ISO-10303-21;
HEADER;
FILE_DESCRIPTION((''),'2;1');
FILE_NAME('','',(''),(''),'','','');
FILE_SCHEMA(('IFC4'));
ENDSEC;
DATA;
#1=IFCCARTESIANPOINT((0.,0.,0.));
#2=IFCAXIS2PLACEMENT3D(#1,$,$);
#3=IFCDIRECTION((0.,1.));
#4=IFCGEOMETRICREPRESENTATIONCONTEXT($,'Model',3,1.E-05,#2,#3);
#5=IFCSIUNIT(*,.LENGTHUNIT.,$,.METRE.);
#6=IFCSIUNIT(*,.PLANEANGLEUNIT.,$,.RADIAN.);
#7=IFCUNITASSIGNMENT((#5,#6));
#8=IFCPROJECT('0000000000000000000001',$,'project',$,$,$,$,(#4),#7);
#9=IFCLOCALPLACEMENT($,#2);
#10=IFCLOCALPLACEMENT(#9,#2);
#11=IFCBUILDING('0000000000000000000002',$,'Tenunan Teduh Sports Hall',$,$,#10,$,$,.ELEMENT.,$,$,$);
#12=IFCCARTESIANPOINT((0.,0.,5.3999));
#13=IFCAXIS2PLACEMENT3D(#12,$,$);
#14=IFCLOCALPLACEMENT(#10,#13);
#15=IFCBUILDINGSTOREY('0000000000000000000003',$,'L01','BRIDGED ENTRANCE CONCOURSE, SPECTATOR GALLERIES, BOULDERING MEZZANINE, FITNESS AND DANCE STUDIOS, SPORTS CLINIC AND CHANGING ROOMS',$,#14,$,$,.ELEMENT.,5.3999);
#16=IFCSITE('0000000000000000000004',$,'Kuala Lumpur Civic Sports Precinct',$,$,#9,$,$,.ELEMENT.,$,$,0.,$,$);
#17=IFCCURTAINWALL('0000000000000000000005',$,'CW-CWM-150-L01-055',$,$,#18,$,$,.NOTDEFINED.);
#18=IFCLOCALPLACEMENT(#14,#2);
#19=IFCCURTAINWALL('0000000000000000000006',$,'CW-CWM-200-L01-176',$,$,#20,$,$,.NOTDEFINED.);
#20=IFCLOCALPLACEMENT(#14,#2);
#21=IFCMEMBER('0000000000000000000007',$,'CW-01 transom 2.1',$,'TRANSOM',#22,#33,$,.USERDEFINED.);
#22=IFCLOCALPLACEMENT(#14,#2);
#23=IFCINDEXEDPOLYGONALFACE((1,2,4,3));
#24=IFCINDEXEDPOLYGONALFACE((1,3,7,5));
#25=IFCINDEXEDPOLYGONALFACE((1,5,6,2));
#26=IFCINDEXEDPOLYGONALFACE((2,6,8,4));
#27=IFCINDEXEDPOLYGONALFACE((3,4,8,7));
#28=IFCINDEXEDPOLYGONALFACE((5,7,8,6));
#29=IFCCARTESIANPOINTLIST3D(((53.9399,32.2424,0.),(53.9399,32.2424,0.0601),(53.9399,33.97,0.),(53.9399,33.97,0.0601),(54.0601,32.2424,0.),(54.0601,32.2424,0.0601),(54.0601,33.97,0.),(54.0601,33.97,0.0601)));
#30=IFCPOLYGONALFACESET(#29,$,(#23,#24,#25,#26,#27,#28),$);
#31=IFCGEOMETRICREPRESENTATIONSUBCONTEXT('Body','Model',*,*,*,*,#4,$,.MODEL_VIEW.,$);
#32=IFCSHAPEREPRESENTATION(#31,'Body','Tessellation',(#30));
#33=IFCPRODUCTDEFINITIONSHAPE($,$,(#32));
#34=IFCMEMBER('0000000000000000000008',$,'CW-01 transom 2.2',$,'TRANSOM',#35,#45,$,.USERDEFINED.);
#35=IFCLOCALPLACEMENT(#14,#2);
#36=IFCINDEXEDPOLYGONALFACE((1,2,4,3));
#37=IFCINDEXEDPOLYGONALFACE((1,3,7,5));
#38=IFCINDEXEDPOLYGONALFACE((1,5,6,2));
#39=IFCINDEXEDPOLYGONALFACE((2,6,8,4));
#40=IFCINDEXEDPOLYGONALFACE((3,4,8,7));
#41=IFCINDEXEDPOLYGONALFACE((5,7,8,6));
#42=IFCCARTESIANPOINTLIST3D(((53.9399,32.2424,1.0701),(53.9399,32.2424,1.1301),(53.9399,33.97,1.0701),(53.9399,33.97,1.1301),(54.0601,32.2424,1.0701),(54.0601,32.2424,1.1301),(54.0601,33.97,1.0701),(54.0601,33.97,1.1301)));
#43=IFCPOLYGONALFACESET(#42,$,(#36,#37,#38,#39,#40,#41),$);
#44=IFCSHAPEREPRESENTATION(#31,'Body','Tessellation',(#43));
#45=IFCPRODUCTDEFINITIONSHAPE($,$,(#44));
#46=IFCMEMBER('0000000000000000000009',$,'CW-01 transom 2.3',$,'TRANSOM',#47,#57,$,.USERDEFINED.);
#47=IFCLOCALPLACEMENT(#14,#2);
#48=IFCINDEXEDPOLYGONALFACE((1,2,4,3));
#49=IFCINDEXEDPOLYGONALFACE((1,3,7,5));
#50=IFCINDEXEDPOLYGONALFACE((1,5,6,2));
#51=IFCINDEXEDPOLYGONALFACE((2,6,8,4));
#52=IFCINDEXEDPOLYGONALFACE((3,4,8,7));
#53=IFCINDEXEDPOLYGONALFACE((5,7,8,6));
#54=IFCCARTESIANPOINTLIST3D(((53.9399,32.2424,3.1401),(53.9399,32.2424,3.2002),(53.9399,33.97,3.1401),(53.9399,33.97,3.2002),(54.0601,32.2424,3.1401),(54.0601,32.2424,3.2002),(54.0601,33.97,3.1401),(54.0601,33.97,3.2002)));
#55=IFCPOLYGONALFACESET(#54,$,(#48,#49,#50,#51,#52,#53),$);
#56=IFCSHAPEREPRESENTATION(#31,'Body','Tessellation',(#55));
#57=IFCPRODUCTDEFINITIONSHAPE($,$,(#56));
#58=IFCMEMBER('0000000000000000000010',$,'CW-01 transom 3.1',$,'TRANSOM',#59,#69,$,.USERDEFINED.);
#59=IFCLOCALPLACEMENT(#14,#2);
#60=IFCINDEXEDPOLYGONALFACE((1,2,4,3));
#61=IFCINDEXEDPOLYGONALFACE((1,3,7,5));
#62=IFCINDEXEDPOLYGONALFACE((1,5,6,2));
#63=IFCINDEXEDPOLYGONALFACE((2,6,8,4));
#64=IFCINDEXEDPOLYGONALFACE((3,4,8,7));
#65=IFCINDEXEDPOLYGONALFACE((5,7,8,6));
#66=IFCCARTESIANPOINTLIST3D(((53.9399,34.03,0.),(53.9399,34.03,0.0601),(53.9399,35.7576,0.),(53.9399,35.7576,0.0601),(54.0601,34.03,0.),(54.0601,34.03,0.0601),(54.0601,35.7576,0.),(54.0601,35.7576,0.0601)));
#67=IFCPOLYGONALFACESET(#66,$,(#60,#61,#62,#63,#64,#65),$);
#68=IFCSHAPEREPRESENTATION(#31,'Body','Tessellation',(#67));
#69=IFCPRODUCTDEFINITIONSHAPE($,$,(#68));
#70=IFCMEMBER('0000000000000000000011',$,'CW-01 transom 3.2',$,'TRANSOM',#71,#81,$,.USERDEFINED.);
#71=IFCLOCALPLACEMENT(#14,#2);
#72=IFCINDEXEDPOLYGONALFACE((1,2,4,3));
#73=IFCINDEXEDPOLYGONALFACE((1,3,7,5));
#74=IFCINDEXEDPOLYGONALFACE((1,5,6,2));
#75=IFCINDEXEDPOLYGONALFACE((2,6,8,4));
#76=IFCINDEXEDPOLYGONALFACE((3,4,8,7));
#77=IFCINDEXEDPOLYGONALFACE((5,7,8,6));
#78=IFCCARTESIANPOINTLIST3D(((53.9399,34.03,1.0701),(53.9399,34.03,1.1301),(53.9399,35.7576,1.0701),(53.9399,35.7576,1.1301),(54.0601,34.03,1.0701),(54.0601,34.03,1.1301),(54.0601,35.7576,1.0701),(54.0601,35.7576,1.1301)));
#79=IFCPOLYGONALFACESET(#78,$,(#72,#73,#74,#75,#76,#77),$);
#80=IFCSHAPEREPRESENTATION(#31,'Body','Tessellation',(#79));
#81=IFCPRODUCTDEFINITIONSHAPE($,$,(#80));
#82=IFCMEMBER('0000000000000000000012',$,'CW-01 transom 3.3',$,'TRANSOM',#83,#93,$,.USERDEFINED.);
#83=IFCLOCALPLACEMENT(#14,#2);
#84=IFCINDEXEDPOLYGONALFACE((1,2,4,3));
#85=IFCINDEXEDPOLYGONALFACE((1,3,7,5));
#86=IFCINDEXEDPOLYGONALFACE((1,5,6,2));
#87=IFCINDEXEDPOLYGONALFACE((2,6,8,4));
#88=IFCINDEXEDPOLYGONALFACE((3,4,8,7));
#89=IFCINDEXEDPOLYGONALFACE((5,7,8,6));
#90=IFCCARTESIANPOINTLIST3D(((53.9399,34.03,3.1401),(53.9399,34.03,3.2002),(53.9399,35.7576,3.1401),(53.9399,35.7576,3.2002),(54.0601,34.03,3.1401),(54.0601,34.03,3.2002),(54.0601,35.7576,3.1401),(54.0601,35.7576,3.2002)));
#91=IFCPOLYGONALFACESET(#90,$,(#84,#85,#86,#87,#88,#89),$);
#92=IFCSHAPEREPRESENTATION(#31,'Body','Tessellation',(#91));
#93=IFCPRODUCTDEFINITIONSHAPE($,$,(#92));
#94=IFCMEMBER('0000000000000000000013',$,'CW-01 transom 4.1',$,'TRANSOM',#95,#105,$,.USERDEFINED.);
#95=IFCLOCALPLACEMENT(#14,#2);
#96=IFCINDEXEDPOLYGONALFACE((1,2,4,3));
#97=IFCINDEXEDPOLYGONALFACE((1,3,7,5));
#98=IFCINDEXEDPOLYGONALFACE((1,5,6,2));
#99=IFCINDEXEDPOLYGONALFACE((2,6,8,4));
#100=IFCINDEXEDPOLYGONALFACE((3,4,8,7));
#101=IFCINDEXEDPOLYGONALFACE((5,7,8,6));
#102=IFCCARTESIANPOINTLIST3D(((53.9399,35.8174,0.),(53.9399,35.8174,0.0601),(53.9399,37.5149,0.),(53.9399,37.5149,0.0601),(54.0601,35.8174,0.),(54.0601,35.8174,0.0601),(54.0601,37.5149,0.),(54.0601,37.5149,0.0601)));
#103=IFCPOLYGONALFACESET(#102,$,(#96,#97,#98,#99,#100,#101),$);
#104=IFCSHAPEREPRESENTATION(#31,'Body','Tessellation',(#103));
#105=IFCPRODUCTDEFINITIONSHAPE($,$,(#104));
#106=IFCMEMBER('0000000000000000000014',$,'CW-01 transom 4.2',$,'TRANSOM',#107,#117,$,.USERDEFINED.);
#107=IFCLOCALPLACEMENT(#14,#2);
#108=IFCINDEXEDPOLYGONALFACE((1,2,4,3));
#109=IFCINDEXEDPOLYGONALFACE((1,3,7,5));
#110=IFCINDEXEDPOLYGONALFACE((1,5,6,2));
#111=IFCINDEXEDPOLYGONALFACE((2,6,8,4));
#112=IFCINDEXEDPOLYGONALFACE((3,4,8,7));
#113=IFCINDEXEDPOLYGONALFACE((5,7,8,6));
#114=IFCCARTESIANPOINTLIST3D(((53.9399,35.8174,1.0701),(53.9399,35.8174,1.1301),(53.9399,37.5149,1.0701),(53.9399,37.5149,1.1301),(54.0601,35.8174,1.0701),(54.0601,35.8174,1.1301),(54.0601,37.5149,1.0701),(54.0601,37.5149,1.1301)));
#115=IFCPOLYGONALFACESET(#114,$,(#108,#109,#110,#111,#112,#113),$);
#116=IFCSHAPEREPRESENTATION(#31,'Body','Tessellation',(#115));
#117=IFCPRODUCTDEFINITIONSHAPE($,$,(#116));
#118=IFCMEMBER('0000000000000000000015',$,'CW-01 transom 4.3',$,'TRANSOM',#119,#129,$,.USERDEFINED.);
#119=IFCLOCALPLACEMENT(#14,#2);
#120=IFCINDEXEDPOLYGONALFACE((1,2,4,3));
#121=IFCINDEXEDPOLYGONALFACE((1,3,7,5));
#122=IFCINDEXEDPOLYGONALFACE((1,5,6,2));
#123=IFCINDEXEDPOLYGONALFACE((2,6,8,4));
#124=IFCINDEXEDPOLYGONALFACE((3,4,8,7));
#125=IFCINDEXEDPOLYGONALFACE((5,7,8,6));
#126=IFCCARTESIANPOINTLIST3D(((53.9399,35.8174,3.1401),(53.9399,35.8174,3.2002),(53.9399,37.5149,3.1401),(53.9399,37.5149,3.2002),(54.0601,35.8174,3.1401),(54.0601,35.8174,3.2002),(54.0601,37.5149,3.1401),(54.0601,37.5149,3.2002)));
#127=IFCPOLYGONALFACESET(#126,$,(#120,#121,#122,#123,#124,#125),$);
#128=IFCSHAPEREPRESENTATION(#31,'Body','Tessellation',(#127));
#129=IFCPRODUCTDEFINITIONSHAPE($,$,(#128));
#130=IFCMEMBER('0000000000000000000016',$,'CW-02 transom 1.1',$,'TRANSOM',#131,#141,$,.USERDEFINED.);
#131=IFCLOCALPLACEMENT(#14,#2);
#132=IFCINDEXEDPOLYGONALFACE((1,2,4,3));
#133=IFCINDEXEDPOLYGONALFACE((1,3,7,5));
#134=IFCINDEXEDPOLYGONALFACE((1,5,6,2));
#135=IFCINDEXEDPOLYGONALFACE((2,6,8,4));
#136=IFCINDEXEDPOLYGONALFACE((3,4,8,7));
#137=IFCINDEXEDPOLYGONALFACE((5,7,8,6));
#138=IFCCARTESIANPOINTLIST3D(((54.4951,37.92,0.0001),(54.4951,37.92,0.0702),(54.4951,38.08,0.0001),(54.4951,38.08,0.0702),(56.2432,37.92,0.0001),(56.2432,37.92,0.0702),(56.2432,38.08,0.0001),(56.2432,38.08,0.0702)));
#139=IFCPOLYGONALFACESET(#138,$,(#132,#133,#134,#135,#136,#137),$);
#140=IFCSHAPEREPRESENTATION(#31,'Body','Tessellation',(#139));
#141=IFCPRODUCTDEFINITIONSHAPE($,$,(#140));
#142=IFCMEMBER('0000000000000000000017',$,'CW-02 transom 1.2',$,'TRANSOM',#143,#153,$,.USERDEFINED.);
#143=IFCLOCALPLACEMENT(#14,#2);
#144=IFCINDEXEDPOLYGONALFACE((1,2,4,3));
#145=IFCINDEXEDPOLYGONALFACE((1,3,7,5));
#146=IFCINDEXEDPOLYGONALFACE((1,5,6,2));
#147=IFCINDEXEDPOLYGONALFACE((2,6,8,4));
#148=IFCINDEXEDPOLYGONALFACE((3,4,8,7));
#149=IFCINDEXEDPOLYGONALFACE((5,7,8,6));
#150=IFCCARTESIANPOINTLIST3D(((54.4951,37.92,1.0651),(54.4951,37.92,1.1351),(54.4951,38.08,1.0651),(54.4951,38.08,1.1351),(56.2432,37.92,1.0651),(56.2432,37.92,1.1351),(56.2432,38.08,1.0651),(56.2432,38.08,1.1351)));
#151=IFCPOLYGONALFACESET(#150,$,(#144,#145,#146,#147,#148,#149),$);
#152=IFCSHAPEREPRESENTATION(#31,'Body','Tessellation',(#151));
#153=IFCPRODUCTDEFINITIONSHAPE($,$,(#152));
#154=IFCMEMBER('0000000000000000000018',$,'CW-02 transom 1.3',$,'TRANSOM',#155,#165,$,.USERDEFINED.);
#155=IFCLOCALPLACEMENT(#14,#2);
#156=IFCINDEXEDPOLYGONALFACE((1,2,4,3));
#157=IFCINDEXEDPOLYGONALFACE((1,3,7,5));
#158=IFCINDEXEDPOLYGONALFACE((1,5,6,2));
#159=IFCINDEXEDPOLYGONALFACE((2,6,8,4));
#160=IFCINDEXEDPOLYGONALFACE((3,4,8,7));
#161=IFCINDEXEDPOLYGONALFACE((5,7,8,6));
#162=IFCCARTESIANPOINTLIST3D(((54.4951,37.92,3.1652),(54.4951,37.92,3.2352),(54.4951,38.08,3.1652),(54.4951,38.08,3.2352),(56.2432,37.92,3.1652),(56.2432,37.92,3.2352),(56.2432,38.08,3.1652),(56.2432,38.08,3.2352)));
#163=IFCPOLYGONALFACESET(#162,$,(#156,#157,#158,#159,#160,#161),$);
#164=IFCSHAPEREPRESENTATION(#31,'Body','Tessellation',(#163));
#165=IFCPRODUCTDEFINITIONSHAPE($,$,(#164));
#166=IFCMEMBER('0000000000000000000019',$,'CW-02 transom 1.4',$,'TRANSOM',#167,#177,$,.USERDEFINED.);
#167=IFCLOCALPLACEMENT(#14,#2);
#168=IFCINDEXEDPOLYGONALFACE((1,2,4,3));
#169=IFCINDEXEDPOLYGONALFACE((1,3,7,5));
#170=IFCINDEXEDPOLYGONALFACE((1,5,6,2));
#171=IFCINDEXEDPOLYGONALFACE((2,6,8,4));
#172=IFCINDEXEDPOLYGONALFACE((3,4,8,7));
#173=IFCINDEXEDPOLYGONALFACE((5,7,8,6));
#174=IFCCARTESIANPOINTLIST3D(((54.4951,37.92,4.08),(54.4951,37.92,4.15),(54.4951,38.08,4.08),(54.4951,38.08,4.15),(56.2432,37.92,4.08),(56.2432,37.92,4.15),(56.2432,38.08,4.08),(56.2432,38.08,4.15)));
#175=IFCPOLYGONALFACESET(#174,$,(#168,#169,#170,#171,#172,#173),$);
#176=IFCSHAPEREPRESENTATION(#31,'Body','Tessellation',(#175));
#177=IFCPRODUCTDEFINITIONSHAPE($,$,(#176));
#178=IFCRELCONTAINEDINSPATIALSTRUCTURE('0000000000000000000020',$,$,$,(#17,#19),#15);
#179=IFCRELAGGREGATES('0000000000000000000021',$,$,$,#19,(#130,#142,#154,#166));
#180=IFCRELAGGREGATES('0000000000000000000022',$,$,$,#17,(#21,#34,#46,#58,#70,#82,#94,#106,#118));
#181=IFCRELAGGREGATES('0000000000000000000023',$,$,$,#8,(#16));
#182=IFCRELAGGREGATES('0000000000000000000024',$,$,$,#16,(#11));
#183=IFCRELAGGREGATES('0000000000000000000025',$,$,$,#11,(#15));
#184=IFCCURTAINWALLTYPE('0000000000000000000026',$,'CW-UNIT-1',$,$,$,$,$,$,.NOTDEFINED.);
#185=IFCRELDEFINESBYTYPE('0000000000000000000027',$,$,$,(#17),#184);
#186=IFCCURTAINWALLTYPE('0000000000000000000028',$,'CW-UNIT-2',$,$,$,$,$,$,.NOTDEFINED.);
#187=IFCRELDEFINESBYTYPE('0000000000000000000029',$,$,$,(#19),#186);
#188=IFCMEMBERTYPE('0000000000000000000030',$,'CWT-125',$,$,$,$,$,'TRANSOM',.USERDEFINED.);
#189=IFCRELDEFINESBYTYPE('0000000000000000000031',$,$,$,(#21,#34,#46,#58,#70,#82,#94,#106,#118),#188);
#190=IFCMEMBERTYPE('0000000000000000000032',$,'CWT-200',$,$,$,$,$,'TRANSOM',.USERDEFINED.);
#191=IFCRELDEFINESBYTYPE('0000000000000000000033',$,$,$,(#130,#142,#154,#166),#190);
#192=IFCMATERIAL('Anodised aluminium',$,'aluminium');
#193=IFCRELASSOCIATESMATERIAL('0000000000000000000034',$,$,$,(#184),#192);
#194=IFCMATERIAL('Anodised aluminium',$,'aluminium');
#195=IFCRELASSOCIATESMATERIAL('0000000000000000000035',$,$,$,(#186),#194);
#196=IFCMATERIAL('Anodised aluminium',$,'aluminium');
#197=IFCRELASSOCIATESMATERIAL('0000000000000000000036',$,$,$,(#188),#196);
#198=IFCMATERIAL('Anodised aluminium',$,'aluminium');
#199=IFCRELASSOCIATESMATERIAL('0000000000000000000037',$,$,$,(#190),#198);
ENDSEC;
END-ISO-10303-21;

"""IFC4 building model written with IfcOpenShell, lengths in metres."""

from ifc_helpers import new_model, si_unit, direction, frame, origin, origin_2d, place, context, subcontext, project, spatial, rectangle, extrude, material, material_profile, profile_set, type_object, element, aggregate, save


model = new_model("IFC4")

# Units and contexts
model_context = context("Model", 3, precision=1e-05, world=origin(), true_north=direction((0.0, 1.0)))
body_context = subcontext(model_context, "Body", "Model", "MODEL_VIEW")
ifc_project = project(units=[si_unit("LENGTHUNIT", "METRE"), si_unit("PLANEANGLEUNIT", "RADIAN")], contexts=[model_context])

# Site, building, storey
site_placement = place(None, origin())
site = spatial("IfcSite", under=ifc_project, at=site_placement, Name="Kuala Lumpur Civic Sports Precinct", CompositionType="ELEMENT", RefElevation=0.0)
building_placement = place(site_placement, origin())
building = spatial("IfcBuilding", under=site, at=building_placement, Name="Tenunan Teduh Sports Hall", CompositionType="ELEMENT")
storey_placement = place(building_placement, frame((0.0, 0.0, 5.3999)))
storey = spatial("IfcBuildingStorey", under=building, at=storey_placement, Name="L01", Description="BRIDGED ENTRANCE CONCOURSE, SPECTATOR GALLERIES, BOULDERING MEZZANINE, FITNESS AND DANCE STUDIOS, SPORTS CLINIC AND CHANGING ROOMS", CompositionType="ELEMENT", Elevation=5.3999)

# Curtain wall
ifc_material_1 = material(Name="Anodised aluminium", Category="aluminium")
curtain_wall_type_1 = type_object("IfcCurtainWallType", Name="CW-UNIT-1", PredefinedType="NOTDEFINED", material=ifc_material_1)
curtain_wall_1_placement = place(storey_placement, origin())
curtain_wall_1 = element("IfcCurtainWall", 1, at=curtain_wall_1_placement, inside=storey, type_object=curtain_wall_type_1, Name="CW-CWM-150-L01-055", PredefinedType="NOTDEFINED")

# Curtain wall
ifc_material_2 = material(Name="Anodised aluminium", Category="aluminium")
curtain_wall_type_2 = type_object("IfcCurtainWallType", Name="CW-UNIT-2", PredefinedType="NOTDEFINED", material=ifc_material_2)
curtain_wall_2_placement = place(storey_placement, origin())
curtain_wall_2 = element("IfcCurtainWall", 2, at=curtain_wall_2_placement, inside=storey, type_object=curtain_wall_type_2, Name="CW-CWM-200-L01-176", PredefinedType="NOTDEFINED")

# Members
ifc_material_3 = material(Name="Anodised aluminium", Category="aluminium")
ifc_material_profile_1 = material_profile(ifc_material_3, rectangle(XDim=0.0601, YDim=0.1201, at=origin_2d()), Name="CWT 60x120")
ifc_profile_set_1 = profile_set([ifc_material_profile_1], Name="Anodised aluminium")
member_type_1 = type_object("IfcMemberType", Name="CWT-125", ElementType="TRANSOM", PredefinedType="USERDEFINED", material=ifc_profile_set_1)
member_1_placement = place(storey_placement, frame((54.0, 32.2424, 0.03), z_axis=(0.0, 1.0, 0.0), x_axis=(0.0, 0.0, 1.0)))
member_1 = element("IfcMember", 3, at=member_1_placement, type_object=member_type_1, Name="CW-01 transom 2.1", ObjectType="TRANSOM", PredefinedType="USERDEFINED", context=body_context, shape_type="SweptSolid", body=[
    extrude(rectangle(XDim=0.0601, YDim=0.1201, at=origin_2d()), origin(), (0.0, 0.0, 1.0), 1.7275),
])
member_2_placement = place(storey_placement, frame((54.0, 32.2424, 1.1001), z_axis=(0.0, 1.0, 0.0), x_axis=(0.0, 0.0, 1.0)))
member_2 = element("IfcMember", 4, at=member_2_placement, type_object=member_type_1, Name="CW-01 transom 2.2", ObjectType="TRANSOM", PredefinedType="USERDEFINED", context=body_context, shape_type="SweptSolid", body=[
    extrude(rectangle(XDim=0.0601, YDim=0.1201, at=origin_2d()), origin(), (0.0, 0.0, 1.0), 1.7275),
])
member_3_placement = place(storey_placement, frame((54.0, 32.2424, 3.1702), z_axis=(0.0, 1.0, 0.0), x_axis=(0.0, 0.0, 1.0)))
member_3 = element("IfcMember", 5, at=member_3_placement, type_object=member_type_1, Name="CW-01 transom 2.3", ObjectType="TRANSOM", PredefinedType="USERDEFINED", context=body_context, shape_type="SweptSolid", body=[
    extrude(rectangle(XDim=0.0601, YDim=0.1201, at=origin_2d()), origin(), (0.0, 0.0, 1.0), 1.7275),
])
member_4_placement = place(storey_placement, frame((54.0, 34.03, 0.03), z_axis=(0.0, 1.0, 0.0), x_axis=(0.0, 0.0, 1.0)))
member_4 = element("IfcMember", 6, at=member_4_placement, type_object=member_type_1, Name="CW-01 transom 3.1", ObjectType="TRANSOM", PredefinedType="USERDEFINED", context=body_context, shape_type="SweptSolid", body=[
    extrude(rectangle(XDim=0.0601, YDim=0.1201, at=origin_2d()), origin(), (0.0, 0.0, 1.0), 1.7275),
])
member_5_placement = place(storey_placement, frame((54.0, 34.03, 1.1001), z_axis=(0.0, 1.0, 0.0), x_axis=(0.0, 0.0, 1.0)))
member_5 = element("IfcMember", 7, at=member_5_placement, type_object=member_type_1, Name="CW-01 transom 3.2", ObjectType="TRANSOM", PredefinedType="USERDEFINED", context=body_context, shape_type="SweptSolid", body=[
    extrude(rectangle(XDim=0.0601, YDim=0.1201, at=origin_2d()), origin(), (0.0, 0.0, 1.0), 1.7275),
])
member_6_placement = place(storey_placement, frame((54.0, 34.03, 3.1702), z_axis=(0.0, 1.0, 0.0), x_axis=(0.0, 0.0, 1.0)))
member_6 = element("IfcMember", 8, at=member_6_placement, type_object=member_type_1, Name="CW-01 transom 3.3", ObjectType="TRANSOM", PredefinedType="USERDEFINED", context=body_context, shape_type="SweptSolid", body=[
    extrude(rectangle(XDim=0.0601, YDim=0.1201, at=origin_2d()), origin(), (0.0, 0.0, 1.0), 1.7275),
])
member_7_placement = place(storey_placement, frame((54.0, 35.8174, 0.03), z_axis=(0.0, 1.0, 0.0), x_axis=(0.0, 0.0, 1.0)))
member_7 = element("IfcMember", 9, at=member_7_placement, type_object=member_type_1, Name="CW-01 transom 4.1", ObjectType="TRANSOM", PredefinedType="USERDEFINED", context=body_context, shape_type="SweptSolid", body=[
    extrude(rectangle(XDim=0.0601, YDim=0.1201, at=origin_2d()), origin(), (0.0, 0.0, 1.0), 1.6975),
])
member_8_placement = place(storey_placement, frame((54.0, 35.8174, 1.1001), z_axis=(0.0, 1.0, 0.0), x_axis=(0.0, 0.0, 1.0)))
member_8 = element("IfcMember", 10, at=member_8_placement, type_object=member_type_1, Name="CW-01 transom 4.2", ObjectType="TRANSOM", PredefinedType="USERDEFINED", context=body_context, shape_type="SweptSolid", body=[
    extrude(rectangle(XDim=0.0601, YDim=0.1201, at=origin_2d()), origin(), (0.0, 0.0, 1.0), 1.6975),
])
member_9_placement = place(storey_placement, frame((54.0, 35.8174, 3.1702), z_axis=(0.0, 1.0, 0.0), x_axis=(0.0, 0.0, 1.0)))
member_9 = element("IfcMember", 11, at=member_9_placement, type_object=member_type_1, Name="CW-01 transom 4.3", ObjectType="TRANSOM", PredefinedType="USERDEFINED", context=body_context, shape_type="SweptSolid", body=[
    extrude(rectangle(XDim=0.0601, YDim=0.1201, at=origin_2d()), origin(), (0.0, 0.0, 1.0), 1.6975),
])
ifc_material_4 = material(Name="Anodised aluminium", Category="aluminium")
ifc_material_profile_2 = material_profile(ifc_material_4, rectangle(XDim=0.0701, YDim=0.1599, at=origin_2d()), Name="CWT 70x160")
ifc_profile_set_2 = profile_set([ifc_material_profile_2], Name="Anodised aluminium")
member_type_2 = type_object("IfcMemberType", Name="CWT-200", ElementType="TRANSOM", PredefinedType="USERDEFINED", material=ifc_profile_set_2)
member_10_placement = place(storey_placement, frame((54.4951, 38.0, 0.0352), z_axis=(1.0, 0.0, 0.0), x_axis=(0.0, 0.0, 1.0)))
member_10 = element("IfcMember", 12, at=member_10_placement, type_object=member_type_2, Name="CW-02 transom 1.1", ObjectType="TRANSOM", PredefinedType="USERDEFINED", context=body_context, shape_type="SweptSolid", body=[
    extrude(rectangle(XDim=0.0701, YDim=0.1599, at=origin_2d()), origin(), (0.0, 0.0, 1.0), 1.748),
])
member_11_placement = place(storey_placement, frame((54.4951, 38.0, 1.1001), z_axis=(1.0, 0.0, 0.0), x_axis=(0.0, 0.0, 1.0)))
member_11 = element("IfcMember", 13, at=member_11_placement, type_object=member_type_2, Name="CW-02 transom 1.2", ObjectType="TRANSOM", PredefinedType="USERDEFINED", context=body_context, shape_type="SweptSolid", body=[
    extrude(rectangle(XDim=0.0701, YDim=0.1599, at=origin_2d()), origin(), (0.0, 0.0, 1.0), 1.748),
])
member_12_placement = place(storey_placement, frame((54.4951, 38.0, 3.2002), z_axis=(1.0, 0.0, 0.0), x_axis=(0.0, 0.0, 1.0)))
member_12 = element("IfcMember", 14, at=member_12_placement, type_object=member_type_2, Name="CW-02 transom 1.3", ObjectType="TRANSOM", PredefinedType="USERDEFINED", context=body_context, shape_type="SweptSolid", body=[
    extrude(rectangle(XDim=0.0701, YDim=0.1599, at=origin_2d()), origin(), (0.0, 0.0, 1.0), 1.748),
])
member_13_placement = place(storey_placement, frame((54.4951, 38.0, 4.115), z_axis=(1.0, 0.0, 0.0), x_axis=(0.0, 0.0, 1.0)))
member_13 = element("IfcMember", 15, at=member_13_placement, type_object=member_type_2, Name="CW-02 transom 1.4", ObjectType="TRANSOM", PredefinedType="USERDEFINED", context=body_context, shape_type="SweptSolid", body=[
    extrude(rectangle(XDim=0.0701, YDim=0.1599, at=origin_2d()), origin(), (0.0, 0.0, 1.0), 1.748),
])
aggregate(curtain_wall_2, [member_10, member_11, member_12, member_13])

aggregate(curtain_wall_1, [member_1, member_2, member_3, member_4, member_5, member_6, member_7, member_8, member_9])

save(model, "model.ifc")
